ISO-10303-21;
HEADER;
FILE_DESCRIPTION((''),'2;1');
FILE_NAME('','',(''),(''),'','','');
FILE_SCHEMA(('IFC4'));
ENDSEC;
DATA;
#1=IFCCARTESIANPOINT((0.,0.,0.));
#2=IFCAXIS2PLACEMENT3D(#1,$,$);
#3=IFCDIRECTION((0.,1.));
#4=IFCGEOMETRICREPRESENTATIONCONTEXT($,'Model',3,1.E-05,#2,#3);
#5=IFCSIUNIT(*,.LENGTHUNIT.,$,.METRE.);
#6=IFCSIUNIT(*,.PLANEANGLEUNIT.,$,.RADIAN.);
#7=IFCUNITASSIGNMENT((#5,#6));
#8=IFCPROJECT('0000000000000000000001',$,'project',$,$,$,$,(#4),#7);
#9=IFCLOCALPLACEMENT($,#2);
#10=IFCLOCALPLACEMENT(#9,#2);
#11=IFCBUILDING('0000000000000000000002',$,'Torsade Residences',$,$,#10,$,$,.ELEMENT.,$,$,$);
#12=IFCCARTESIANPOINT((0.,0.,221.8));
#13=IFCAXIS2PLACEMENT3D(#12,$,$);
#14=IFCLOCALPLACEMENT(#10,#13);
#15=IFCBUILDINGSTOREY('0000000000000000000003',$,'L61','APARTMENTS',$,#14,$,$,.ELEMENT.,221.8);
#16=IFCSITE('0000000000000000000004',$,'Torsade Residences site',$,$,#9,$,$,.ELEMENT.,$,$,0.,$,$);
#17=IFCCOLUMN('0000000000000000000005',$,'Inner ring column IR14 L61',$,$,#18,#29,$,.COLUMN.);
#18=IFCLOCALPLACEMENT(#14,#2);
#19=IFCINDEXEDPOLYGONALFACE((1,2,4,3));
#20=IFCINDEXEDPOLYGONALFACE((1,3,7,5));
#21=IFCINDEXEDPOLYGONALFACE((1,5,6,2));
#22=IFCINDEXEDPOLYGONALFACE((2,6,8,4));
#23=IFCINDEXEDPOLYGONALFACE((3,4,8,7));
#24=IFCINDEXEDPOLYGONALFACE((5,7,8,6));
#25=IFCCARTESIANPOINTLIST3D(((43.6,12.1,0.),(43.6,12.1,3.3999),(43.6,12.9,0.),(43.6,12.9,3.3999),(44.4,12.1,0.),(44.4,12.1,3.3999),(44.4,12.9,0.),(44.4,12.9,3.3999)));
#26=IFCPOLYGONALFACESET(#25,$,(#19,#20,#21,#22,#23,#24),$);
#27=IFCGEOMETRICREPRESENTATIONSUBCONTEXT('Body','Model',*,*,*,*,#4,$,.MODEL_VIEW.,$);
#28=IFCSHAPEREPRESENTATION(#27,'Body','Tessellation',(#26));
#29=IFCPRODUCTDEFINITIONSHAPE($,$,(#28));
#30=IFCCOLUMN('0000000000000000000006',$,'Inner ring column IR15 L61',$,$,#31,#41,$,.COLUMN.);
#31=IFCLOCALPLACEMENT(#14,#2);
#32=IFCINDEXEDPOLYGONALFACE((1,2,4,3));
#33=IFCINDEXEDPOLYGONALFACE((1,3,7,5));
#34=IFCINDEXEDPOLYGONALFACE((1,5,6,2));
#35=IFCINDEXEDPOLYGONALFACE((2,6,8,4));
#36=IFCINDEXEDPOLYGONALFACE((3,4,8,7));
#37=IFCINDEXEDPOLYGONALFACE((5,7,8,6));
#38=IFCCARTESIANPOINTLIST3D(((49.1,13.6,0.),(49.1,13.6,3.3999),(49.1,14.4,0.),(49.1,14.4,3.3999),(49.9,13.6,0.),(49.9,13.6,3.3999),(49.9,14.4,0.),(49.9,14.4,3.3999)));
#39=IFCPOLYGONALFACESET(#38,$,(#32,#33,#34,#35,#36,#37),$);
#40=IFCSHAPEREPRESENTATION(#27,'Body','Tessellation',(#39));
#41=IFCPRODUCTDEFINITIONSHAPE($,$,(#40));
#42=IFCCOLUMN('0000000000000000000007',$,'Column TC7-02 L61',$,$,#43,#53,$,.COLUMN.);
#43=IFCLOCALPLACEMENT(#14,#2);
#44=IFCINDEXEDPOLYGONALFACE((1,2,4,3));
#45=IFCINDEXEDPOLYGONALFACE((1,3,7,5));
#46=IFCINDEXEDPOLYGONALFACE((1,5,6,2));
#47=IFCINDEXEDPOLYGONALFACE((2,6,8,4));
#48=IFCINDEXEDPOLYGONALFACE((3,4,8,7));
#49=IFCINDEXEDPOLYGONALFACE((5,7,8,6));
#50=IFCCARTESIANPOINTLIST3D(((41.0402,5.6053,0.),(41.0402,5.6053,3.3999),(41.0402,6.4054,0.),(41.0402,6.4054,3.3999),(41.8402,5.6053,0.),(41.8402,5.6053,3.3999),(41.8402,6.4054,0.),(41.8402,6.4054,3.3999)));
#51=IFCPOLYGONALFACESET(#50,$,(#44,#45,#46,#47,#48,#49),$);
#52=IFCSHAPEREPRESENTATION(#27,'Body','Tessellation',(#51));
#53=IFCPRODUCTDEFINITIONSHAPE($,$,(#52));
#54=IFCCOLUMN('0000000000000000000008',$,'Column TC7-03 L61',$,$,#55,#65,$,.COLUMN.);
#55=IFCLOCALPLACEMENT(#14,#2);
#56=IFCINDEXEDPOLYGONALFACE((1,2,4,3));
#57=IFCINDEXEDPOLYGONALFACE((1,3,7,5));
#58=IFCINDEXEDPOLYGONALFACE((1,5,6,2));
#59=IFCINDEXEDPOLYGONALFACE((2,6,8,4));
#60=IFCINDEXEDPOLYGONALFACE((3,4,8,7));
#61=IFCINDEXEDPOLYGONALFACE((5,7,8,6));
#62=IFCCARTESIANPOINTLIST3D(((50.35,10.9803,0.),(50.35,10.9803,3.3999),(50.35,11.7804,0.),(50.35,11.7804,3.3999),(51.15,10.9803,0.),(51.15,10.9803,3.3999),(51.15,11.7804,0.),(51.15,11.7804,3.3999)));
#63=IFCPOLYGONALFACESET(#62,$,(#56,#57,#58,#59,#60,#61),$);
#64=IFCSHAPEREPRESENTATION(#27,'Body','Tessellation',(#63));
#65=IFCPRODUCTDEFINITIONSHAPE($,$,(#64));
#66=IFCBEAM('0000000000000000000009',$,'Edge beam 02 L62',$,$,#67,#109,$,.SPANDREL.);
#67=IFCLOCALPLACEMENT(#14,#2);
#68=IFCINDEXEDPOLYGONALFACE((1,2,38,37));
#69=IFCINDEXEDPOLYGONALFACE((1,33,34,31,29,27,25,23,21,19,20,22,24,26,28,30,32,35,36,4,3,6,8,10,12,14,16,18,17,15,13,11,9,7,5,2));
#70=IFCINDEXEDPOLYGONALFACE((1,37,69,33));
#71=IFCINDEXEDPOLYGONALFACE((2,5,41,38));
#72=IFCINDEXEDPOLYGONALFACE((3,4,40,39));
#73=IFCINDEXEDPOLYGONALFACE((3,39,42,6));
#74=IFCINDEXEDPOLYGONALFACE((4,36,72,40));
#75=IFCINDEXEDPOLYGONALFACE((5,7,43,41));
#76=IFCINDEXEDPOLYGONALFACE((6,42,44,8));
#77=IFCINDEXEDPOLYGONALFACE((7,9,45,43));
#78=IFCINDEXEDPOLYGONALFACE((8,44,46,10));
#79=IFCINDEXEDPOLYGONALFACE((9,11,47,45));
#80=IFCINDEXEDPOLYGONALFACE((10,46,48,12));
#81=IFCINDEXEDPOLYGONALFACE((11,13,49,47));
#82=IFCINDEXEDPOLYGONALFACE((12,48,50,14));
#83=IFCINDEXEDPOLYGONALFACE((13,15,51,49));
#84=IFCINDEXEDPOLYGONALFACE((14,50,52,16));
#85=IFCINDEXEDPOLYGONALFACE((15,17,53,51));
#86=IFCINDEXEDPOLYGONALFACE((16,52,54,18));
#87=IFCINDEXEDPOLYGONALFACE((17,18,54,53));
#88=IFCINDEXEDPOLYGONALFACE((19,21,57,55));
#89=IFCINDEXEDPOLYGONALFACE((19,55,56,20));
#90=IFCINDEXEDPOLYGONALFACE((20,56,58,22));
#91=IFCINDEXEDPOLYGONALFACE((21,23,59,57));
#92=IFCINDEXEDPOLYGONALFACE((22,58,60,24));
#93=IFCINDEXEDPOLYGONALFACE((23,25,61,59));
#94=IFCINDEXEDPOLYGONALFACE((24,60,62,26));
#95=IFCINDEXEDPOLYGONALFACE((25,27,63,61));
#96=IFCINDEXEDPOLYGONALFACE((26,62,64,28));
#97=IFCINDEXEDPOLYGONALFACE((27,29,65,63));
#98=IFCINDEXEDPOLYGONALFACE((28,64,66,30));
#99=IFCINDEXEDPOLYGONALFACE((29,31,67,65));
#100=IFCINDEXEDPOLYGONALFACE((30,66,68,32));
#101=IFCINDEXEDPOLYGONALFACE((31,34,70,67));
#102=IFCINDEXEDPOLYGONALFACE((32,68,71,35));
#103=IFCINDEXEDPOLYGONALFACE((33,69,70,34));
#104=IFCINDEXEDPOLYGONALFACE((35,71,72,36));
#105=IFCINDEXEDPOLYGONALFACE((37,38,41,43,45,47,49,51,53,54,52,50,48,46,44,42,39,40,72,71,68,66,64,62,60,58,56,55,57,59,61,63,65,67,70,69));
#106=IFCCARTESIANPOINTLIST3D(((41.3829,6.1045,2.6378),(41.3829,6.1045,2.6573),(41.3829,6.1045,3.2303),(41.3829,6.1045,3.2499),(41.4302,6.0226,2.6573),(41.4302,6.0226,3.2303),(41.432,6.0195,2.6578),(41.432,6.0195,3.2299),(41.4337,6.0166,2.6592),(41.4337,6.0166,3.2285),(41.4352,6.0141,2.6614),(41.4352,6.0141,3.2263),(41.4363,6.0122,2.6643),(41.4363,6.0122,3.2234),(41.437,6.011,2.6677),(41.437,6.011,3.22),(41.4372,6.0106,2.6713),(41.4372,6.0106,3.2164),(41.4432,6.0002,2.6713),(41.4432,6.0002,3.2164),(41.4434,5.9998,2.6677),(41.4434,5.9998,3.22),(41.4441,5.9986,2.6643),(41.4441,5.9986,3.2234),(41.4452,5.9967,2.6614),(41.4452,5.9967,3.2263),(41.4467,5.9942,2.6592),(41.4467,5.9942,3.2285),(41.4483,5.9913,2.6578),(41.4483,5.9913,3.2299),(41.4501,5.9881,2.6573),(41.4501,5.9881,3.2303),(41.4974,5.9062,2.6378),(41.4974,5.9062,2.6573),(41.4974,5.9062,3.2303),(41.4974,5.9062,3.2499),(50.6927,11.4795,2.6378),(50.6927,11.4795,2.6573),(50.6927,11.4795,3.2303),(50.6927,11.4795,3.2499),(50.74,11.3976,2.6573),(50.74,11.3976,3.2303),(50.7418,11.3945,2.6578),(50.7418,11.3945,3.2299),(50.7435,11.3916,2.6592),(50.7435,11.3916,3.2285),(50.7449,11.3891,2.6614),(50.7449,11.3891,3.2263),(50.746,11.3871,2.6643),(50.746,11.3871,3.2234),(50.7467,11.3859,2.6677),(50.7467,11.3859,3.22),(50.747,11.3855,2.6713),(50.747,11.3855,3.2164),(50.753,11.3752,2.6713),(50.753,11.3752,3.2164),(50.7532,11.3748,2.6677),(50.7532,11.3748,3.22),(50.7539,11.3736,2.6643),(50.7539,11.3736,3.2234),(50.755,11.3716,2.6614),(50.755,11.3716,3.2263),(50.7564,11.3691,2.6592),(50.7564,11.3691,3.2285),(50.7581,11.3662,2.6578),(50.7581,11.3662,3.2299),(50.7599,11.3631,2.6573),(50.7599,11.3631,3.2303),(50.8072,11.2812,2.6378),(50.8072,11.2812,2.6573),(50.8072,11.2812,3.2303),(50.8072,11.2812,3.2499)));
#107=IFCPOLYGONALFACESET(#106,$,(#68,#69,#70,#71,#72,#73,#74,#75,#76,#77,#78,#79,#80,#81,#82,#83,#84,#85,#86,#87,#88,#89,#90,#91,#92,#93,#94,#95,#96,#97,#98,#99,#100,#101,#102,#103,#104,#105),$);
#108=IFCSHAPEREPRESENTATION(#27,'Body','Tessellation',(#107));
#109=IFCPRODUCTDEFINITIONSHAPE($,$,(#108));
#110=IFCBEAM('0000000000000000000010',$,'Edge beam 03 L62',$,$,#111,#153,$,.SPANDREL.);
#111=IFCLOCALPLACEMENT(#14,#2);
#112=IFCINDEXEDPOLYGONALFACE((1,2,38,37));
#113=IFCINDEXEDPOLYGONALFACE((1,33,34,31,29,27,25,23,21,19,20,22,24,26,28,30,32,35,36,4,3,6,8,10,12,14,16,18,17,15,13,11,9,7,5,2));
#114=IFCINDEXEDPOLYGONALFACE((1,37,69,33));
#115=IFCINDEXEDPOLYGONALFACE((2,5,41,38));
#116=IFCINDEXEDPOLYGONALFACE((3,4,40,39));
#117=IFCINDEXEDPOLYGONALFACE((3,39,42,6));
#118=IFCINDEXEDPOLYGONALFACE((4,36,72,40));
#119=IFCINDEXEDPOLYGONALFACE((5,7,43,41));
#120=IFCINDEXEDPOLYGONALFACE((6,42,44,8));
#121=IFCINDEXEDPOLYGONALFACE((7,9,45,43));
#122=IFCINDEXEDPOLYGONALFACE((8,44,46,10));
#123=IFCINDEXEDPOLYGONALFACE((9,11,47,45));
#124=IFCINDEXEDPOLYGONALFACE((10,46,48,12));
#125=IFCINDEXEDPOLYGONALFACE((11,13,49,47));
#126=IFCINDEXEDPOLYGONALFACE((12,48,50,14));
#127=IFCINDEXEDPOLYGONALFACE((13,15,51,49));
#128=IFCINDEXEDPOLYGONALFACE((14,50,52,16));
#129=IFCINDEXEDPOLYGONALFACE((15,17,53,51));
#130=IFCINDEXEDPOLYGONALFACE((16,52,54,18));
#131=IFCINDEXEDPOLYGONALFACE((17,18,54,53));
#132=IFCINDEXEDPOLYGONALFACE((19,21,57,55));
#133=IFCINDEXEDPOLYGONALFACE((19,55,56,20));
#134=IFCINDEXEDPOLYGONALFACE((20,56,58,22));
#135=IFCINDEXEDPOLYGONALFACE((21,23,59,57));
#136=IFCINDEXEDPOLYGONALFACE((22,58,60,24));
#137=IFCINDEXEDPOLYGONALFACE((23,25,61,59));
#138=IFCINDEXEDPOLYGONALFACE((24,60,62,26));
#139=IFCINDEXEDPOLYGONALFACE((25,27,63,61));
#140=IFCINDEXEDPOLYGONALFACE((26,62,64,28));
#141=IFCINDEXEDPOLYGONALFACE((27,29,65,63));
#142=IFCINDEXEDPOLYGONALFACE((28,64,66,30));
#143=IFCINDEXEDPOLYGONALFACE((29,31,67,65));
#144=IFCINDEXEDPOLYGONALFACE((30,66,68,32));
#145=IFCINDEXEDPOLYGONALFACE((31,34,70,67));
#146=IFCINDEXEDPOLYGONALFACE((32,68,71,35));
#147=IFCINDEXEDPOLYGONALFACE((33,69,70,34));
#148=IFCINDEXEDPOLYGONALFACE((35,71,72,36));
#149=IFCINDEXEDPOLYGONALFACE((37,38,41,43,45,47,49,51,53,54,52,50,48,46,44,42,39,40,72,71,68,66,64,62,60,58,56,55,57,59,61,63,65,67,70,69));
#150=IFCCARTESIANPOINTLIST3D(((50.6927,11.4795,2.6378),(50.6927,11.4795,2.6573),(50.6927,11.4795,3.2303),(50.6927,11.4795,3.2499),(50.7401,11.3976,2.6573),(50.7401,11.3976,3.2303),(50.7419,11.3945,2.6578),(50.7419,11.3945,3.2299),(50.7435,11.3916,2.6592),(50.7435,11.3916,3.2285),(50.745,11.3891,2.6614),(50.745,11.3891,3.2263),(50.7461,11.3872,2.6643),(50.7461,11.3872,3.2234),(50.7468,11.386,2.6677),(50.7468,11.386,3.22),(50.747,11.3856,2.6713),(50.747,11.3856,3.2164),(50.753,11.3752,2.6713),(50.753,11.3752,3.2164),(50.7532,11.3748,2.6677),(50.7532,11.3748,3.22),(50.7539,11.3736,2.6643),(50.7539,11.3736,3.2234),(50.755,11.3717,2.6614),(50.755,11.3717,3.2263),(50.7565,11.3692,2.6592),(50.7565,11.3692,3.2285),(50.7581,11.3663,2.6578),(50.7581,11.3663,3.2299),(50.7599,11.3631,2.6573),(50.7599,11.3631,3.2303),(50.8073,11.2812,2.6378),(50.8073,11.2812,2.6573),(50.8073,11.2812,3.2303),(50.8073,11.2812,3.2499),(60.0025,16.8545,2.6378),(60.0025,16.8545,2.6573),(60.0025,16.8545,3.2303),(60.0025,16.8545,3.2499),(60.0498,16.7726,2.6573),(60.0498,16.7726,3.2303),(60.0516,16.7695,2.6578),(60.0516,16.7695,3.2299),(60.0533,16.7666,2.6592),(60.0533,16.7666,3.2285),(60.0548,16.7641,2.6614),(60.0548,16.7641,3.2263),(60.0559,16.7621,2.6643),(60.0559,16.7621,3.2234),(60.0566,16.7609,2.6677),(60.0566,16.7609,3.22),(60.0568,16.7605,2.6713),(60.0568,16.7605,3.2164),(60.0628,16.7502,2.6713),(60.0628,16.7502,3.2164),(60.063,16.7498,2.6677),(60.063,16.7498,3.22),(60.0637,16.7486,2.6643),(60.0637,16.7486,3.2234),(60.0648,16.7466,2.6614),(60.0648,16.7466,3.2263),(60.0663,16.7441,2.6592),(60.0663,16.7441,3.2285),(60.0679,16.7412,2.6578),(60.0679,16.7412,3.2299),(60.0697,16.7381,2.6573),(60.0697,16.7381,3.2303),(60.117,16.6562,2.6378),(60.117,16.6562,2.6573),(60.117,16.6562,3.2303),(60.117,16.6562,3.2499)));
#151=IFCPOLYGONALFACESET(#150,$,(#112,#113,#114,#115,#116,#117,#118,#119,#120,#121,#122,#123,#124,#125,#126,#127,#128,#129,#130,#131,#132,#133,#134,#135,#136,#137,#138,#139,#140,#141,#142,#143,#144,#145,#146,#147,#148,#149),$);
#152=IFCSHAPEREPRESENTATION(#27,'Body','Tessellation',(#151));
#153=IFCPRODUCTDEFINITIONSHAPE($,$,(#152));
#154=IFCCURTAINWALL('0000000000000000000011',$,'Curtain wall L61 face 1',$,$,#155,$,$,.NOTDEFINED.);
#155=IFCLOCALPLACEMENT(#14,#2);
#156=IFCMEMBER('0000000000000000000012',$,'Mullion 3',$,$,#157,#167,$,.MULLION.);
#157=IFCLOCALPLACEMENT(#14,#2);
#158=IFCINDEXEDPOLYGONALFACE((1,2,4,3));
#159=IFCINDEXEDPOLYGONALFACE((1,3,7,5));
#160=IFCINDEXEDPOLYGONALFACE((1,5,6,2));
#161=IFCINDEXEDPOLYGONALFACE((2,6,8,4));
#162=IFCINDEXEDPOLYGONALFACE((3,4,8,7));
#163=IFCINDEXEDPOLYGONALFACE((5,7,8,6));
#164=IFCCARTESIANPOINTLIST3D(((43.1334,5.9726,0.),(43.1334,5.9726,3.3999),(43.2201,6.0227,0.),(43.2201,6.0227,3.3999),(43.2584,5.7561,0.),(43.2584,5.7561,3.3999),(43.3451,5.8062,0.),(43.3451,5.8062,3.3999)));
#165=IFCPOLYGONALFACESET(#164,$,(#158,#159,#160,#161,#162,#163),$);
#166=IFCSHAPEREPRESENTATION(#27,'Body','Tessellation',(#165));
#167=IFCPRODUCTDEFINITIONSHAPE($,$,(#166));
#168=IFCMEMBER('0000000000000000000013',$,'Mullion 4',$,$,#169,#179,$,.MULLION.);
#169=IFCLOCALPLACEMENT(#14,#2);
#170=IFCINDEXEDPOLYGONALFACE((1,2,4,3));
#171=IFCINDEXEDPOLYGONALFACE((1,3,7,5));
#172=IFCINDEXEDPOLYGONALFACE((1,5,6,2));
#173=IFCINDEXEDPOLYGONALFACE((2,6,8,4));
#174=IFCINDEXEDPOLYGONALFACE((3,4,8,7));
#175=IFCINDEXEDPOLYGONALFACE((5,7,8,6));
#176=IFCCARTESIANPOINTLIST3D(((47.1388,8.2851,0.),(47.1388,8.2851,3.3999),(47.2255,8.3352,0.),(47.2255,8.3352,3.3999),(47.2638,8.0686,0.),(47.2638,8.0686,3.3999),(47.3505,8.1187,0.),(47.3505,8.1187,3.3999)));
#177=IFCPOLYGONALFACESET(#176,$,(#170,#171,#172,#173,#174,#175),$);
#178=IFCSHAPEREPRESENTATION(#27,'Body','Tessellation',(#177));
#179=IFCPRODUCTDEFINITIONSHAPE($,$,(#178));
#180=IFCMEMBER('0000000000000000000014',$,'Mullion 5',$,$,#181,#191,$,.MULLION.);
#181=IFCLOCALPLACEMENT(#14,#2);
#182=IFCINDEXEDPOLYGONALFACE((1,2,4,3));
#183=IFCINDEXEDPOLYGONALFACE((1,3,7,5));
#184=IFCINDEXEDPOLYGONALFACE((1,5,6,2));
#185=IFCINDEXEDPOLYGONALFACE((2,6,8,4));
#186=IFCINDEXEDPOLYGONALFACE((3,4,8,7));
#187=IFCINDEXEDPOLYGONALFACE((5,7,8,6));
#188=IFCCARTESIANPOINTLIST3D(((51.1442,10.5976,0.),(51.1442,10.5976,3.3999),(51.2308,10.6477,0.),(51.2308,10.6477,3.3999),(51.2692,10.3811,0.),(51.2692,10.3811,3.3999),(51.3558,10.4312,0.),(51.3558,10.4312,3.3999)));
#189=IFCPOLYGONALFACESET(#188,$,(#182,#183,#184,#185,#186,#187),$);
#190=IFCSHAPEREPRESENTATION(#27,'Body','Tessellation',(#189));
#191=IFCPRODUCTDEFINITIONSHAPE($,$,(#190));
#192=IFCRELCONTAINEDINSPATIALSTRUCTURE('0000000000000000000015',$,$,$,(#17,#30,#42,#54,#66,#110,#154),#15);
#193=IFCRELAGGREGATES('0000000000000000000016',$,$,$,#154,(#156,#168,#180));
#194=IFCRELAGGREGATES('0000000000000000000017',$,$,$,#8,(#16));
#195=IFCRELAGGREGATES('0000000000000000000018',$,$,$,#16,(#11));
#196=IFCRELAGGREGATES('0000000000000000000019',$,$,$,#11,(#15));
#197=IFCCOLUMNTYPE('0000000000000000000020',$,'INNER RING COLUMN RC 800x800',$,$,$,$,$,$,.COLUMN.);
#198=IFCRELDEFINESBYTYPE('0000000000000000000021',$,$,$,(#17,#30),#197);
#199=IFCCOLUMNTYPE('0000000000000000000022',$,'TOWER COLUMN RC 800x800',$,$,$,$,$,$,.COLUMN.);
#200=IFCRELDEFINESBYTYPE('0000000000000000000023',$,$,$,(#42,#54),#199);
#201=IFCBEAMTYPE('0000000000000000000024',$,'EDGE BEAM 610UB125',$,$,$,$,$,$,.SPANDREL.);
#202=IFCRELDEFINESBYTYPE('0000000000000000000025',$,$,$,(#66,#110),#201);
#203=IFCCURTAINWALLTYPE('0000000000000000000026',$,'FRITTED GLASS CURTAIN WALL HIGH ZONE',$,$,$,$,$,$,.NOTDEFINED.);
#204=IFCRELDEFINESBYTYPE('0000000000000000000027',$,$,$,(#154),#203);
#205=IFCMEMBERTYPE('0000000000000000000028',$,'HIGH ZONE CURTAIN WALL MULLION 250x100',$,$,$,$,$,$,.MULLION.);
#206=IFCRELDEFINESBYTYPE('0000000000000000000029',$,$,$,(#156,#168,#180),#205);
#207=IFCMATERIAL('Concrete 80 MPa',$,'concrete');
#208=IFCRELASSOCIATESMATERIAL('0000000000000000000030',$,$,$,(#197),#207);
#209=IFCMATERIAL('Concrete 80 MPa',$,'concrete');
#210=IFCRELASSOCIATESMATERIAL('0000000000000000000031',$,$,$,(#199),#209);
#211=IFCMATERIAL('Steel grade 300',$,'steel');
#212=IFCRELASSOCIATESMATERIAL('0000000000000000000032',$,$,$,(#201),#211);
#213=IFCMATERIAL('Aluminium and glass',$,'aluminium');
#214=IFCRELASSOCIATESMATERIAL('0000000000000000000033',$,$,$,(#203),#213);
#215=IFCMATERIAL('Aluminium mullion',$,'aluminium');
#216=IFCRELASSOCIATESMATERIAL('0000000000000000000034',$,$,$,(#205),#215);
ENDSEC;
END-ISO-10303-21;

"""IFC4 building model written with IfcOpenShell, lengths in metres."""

from ifc_helpers import new_model, si_unit, direction, frame, origin, origin_2d, place, context, subcontext, project, spatial, rectangle, i_section, extrude, material, material_profile, profile_set, type_object, element, aggregate, save


model = new_model("IFC4")

# Units and contexts
model_context = context("Model", 3, precision=1e-05, world=origin(), true_north=direction((0.0, 1.0)))
body_context = subcontext(model_context, "Body", "Model", "MODEL_VIEW")
ifc_project = project(units=[si_unit("LENGTHUNIT", "METRE"), si_unit("PLANEANGLEUNIT", "RADIAN")], contexts=[model_context])

# Site, building, storey
site_placement = place(None, origin())
site = spatial("IfcSite", under=ifc_project, at=site_placement, Name="Torsade Residences site", CompositionType="ELEMENT", RefElevation=0.0)
building_placement = place(site_placement, origin())
building = spatial("IfcBuilding", under=site, at=building_placement, Name="Torsade Residences", CompositionType="ELEMENT")
storey_placement = place(building_placement, frame((0.0, 0.0, 221.8)))
storey = spatial("IfcBuildingStorey", under=building, at=storey_placement, Name="L61", Description="APARTMENTS", CompositionType="ELEMENT", Elevation=221.8)

# Columns
ifc_material_1 = material(Name="Concrete 80 MPa", Category="concrete")
ifc_material_profile_1 = material_profile(ifc_material_1, rectangle(XDim=0.8, YDim=0.8, at=origin_2d()), Name="RC 800x800")
ifc_profile_set_1 = profile_set([ifc_material_profile_1], Name="Concrete 80 MPa")
column_type_1 = type_object("IfcColumnType", Name="INNER RING COLUMN RC 800x800", PredefinedType="COLUMN", material=ifc_profile_set_1)
for number, where, z_axis, x_axis, name in (
    (1, (44.0, 12.5, 0.0), (0.0, 0.0, 1.0), (1.0, 0.0, 0.0), "Inner ring column IR14 L61"),
    (2, (49.5, 14.0, 0.0), (0.0, 0.0, 1.0), (1.0, 0.0, 0.0), "Inner ring column IR15 L61"),
):
    element("IfcColumn", number, at=place(storey_placement, frame(where, z_axis=z_axis, x_axis=x_axis)), inside=storey, type_object=column_type_1, Name=name, PredefinedType="COLUMN", context=body_context, shape_type="SweptSolid", body=[
        extrude(rectangle(XDim=0.8, YDim=0.8, at=origin_2d()), origin(), (0.0, 0.0, 1.0), 3.3999),
    ])
ifc_material_2 = material(Name="Concrete 80 MPa", Category="concrete")
ifc_material_profile_2 = material_profile(ifc_material_2, rectangle(XDim=0.8, YDim=0.8, at=origin_2d()), Name="RC 800x800")
ifc_profile_set_2 = profile_set([ifc_material_profile_2], Name="Concrete 80 MPa")
column_type_2 = type_object("IfcColumnType", Name="TOWER COLUMN RC 800x800", PredefinedType="COLUMN", material=ifc_profile_set_2)
for number, where, z_axis, x_axis, name in (
    (3, (41.4402, 6.0054, 0.0), (0.0, 0.0, 1.0), (1.0, 0.0, 0.0), "Column TC7-02 L61"),
    (4, (50.75, 11.3804, 0.0), (0.0, 0.0, 1.0), (1.0, 0.0, 0.0), "Column TC7-03 L61"),
):
    element("IfcColumn", number, at=place(storey_placement, frame(where, z_axis=z_axis, x_axis=x_axis)), inside=storey, type_object=column_type_2, Name=name, PredefinedType="COLUMN", context=body_context, shape_type="SweptSolid", body=[
        extrude(rectangle(XDim=0.8, YDim=0.8, at=origin_2d()), origin(), (0.0, 0.0, 1.0), 3.3999),
    ])

# Beams
ifc_material_3 = material(Name="Steel grade 300", Category="steel")
ifc_material_profile_3 = material_profile(ifc_material_3, i_section(OverallWidth=0.229, OverallDepth=0.6121, WebThickness=0.012, FlangeThickness=0.0195, FilletRadius=0.0139, at=origin_2d()), Name="610UB125")
ifc_profile_set_3 = profile_set([ifc_material_profile_3], Name="Steel grade 300")
beam_type_1 = type_object("IfcBeamType", Name="EDGE BEAM 610UB125", PredefinedType="SPANDREL", material=ifc_profile_set_3)
for number, where, z_axis, x_axis, name in (
    (5, (41.4402, 6.0054, 2.9438), (0.866026, 0.499998, 0.0), (-0.499998, 0.866026, 0.0), "Edge beam 02 L62"),
    (6, (50.75, 11.3804, 2.9438), (0.866026, 0.499998, 0.0), (-0.499998, 0.866026, 0.0), "Edge beam 03 L62"),
):
    element("IfcBeam", number, at=place(storey_placement, frame(where, z_axis=z_axis, x_axis=x_axis)), inside=storey, type_object=beam_type_1, Name=name, PredefinedType="SPANDREL", context=body_context, shape_type="SweptSolid", body=[
        extrude(i_section(OverallWidth=0.229, OverallDepth=0.6121, WebThickness=0.012, FlangeThickness=0.0195, FilletRadius=0.0139, at=origin_2d()), origin(), (0.0, 0.0, 1.0), 10.75),
    ])

# Curtain wall, members
ifc_material_4 = material(Name="Aluminium and glass", Category="aluminium")
curtain_wall_type = type_object("IfcCurtainWallType", Name="FRITTED GLASS CURTAIN WALL HIGH ZONE", PredefinedType="NOTDEFINED", material=ifc_material_4)
curtain_wall_placement = place(storey_placement, origin())
curtain_wall = element("IfcCurtainWall", 7, at=curtain_wall_placement, inside=storey, type_object=curtain_wall_type, Name="Curtain wall L61 face 1", PredefinedType="NOTDEFINED")
ifc_material_5 = material(Name="Aluminium mullion", Category="aluminium")
ifc_material_profile_4 = material_profile(ifc_material_5, rectangle(XDim=0.25, YDim=0.1001, at=origin_2d()), Name="HIGH ZONE CURTAIN WALL MULLION 250x100")
ifc_profile_set_4 = profile_set([ifc_material_profile_4], Name="Aluminium mullion")
member_type_1 = type_object("IfcMemberType", Name="HIGH ZONE CURTAIN WALL MULLION 250x100", PredefinedType="MULLION", material=ifc_profile_set_4)
member_1_placement = place(storey_placement, frame((43.2393, 5.8894, 0.0), z_axis=(0.0, 0.0, 1.0), x_axis=(-0.5, 0.866025, 0.0)))
member_1 = element("IfcMember", 8, at=member_1_placement, type_object=member_type_1, Name="Mullion 3", PredefinedType="MULLION", context=body_context, shape_type="SweptSolid", body=[
    extrude(rectangle(XDim=0.25, YDim=0.1001, at=origin_2d()), origin(), (0.0, 0.0, 1.0), 3.3999),
])
member_2_placement = place(storey_placement, frame((47.2446, 8.2019, 0.0), z_axis=(0.0, 0.0, 1.0), x_axis=(-0.5, 0.866025, 0.0)))
member_2 = element("IfcMember", 9, at=member_2_placement, type_object=member_type_1, Name="Mullion 4", PredefinedType="MULLION", context=body_context, shape_type="SweptSolid", body=[
    extrude(rectangle(XDim=0.25, YDim=0.1001, at=origin_2d()), origin(), (0.0, 0.0, 1.0), 3.3999),
])
member_3_placement = place(storey_placement, frame((51.25, 10.5144, 0.0), z_axis=(0.0, 0.0, 1.0), x_axis=(-0.5, 0.866025, 0.0)))
member_3 = element("IfcMember", 10, at=member_3_placement, type_object=member_type_1, Name="Mullion 5", PredefinedType="MULLION", context=body_context, shape_type="SweptSolid", body=[
    extrude(rectangle(XDim=0.25, YDim=0.1001, at=origin_2d()), origin(), (0.0, 0.0, 1.0), 3.3999),
])

aggregate(curtain_wall, [member_1, member_2, member_3])

save(model, "model.ifc")
